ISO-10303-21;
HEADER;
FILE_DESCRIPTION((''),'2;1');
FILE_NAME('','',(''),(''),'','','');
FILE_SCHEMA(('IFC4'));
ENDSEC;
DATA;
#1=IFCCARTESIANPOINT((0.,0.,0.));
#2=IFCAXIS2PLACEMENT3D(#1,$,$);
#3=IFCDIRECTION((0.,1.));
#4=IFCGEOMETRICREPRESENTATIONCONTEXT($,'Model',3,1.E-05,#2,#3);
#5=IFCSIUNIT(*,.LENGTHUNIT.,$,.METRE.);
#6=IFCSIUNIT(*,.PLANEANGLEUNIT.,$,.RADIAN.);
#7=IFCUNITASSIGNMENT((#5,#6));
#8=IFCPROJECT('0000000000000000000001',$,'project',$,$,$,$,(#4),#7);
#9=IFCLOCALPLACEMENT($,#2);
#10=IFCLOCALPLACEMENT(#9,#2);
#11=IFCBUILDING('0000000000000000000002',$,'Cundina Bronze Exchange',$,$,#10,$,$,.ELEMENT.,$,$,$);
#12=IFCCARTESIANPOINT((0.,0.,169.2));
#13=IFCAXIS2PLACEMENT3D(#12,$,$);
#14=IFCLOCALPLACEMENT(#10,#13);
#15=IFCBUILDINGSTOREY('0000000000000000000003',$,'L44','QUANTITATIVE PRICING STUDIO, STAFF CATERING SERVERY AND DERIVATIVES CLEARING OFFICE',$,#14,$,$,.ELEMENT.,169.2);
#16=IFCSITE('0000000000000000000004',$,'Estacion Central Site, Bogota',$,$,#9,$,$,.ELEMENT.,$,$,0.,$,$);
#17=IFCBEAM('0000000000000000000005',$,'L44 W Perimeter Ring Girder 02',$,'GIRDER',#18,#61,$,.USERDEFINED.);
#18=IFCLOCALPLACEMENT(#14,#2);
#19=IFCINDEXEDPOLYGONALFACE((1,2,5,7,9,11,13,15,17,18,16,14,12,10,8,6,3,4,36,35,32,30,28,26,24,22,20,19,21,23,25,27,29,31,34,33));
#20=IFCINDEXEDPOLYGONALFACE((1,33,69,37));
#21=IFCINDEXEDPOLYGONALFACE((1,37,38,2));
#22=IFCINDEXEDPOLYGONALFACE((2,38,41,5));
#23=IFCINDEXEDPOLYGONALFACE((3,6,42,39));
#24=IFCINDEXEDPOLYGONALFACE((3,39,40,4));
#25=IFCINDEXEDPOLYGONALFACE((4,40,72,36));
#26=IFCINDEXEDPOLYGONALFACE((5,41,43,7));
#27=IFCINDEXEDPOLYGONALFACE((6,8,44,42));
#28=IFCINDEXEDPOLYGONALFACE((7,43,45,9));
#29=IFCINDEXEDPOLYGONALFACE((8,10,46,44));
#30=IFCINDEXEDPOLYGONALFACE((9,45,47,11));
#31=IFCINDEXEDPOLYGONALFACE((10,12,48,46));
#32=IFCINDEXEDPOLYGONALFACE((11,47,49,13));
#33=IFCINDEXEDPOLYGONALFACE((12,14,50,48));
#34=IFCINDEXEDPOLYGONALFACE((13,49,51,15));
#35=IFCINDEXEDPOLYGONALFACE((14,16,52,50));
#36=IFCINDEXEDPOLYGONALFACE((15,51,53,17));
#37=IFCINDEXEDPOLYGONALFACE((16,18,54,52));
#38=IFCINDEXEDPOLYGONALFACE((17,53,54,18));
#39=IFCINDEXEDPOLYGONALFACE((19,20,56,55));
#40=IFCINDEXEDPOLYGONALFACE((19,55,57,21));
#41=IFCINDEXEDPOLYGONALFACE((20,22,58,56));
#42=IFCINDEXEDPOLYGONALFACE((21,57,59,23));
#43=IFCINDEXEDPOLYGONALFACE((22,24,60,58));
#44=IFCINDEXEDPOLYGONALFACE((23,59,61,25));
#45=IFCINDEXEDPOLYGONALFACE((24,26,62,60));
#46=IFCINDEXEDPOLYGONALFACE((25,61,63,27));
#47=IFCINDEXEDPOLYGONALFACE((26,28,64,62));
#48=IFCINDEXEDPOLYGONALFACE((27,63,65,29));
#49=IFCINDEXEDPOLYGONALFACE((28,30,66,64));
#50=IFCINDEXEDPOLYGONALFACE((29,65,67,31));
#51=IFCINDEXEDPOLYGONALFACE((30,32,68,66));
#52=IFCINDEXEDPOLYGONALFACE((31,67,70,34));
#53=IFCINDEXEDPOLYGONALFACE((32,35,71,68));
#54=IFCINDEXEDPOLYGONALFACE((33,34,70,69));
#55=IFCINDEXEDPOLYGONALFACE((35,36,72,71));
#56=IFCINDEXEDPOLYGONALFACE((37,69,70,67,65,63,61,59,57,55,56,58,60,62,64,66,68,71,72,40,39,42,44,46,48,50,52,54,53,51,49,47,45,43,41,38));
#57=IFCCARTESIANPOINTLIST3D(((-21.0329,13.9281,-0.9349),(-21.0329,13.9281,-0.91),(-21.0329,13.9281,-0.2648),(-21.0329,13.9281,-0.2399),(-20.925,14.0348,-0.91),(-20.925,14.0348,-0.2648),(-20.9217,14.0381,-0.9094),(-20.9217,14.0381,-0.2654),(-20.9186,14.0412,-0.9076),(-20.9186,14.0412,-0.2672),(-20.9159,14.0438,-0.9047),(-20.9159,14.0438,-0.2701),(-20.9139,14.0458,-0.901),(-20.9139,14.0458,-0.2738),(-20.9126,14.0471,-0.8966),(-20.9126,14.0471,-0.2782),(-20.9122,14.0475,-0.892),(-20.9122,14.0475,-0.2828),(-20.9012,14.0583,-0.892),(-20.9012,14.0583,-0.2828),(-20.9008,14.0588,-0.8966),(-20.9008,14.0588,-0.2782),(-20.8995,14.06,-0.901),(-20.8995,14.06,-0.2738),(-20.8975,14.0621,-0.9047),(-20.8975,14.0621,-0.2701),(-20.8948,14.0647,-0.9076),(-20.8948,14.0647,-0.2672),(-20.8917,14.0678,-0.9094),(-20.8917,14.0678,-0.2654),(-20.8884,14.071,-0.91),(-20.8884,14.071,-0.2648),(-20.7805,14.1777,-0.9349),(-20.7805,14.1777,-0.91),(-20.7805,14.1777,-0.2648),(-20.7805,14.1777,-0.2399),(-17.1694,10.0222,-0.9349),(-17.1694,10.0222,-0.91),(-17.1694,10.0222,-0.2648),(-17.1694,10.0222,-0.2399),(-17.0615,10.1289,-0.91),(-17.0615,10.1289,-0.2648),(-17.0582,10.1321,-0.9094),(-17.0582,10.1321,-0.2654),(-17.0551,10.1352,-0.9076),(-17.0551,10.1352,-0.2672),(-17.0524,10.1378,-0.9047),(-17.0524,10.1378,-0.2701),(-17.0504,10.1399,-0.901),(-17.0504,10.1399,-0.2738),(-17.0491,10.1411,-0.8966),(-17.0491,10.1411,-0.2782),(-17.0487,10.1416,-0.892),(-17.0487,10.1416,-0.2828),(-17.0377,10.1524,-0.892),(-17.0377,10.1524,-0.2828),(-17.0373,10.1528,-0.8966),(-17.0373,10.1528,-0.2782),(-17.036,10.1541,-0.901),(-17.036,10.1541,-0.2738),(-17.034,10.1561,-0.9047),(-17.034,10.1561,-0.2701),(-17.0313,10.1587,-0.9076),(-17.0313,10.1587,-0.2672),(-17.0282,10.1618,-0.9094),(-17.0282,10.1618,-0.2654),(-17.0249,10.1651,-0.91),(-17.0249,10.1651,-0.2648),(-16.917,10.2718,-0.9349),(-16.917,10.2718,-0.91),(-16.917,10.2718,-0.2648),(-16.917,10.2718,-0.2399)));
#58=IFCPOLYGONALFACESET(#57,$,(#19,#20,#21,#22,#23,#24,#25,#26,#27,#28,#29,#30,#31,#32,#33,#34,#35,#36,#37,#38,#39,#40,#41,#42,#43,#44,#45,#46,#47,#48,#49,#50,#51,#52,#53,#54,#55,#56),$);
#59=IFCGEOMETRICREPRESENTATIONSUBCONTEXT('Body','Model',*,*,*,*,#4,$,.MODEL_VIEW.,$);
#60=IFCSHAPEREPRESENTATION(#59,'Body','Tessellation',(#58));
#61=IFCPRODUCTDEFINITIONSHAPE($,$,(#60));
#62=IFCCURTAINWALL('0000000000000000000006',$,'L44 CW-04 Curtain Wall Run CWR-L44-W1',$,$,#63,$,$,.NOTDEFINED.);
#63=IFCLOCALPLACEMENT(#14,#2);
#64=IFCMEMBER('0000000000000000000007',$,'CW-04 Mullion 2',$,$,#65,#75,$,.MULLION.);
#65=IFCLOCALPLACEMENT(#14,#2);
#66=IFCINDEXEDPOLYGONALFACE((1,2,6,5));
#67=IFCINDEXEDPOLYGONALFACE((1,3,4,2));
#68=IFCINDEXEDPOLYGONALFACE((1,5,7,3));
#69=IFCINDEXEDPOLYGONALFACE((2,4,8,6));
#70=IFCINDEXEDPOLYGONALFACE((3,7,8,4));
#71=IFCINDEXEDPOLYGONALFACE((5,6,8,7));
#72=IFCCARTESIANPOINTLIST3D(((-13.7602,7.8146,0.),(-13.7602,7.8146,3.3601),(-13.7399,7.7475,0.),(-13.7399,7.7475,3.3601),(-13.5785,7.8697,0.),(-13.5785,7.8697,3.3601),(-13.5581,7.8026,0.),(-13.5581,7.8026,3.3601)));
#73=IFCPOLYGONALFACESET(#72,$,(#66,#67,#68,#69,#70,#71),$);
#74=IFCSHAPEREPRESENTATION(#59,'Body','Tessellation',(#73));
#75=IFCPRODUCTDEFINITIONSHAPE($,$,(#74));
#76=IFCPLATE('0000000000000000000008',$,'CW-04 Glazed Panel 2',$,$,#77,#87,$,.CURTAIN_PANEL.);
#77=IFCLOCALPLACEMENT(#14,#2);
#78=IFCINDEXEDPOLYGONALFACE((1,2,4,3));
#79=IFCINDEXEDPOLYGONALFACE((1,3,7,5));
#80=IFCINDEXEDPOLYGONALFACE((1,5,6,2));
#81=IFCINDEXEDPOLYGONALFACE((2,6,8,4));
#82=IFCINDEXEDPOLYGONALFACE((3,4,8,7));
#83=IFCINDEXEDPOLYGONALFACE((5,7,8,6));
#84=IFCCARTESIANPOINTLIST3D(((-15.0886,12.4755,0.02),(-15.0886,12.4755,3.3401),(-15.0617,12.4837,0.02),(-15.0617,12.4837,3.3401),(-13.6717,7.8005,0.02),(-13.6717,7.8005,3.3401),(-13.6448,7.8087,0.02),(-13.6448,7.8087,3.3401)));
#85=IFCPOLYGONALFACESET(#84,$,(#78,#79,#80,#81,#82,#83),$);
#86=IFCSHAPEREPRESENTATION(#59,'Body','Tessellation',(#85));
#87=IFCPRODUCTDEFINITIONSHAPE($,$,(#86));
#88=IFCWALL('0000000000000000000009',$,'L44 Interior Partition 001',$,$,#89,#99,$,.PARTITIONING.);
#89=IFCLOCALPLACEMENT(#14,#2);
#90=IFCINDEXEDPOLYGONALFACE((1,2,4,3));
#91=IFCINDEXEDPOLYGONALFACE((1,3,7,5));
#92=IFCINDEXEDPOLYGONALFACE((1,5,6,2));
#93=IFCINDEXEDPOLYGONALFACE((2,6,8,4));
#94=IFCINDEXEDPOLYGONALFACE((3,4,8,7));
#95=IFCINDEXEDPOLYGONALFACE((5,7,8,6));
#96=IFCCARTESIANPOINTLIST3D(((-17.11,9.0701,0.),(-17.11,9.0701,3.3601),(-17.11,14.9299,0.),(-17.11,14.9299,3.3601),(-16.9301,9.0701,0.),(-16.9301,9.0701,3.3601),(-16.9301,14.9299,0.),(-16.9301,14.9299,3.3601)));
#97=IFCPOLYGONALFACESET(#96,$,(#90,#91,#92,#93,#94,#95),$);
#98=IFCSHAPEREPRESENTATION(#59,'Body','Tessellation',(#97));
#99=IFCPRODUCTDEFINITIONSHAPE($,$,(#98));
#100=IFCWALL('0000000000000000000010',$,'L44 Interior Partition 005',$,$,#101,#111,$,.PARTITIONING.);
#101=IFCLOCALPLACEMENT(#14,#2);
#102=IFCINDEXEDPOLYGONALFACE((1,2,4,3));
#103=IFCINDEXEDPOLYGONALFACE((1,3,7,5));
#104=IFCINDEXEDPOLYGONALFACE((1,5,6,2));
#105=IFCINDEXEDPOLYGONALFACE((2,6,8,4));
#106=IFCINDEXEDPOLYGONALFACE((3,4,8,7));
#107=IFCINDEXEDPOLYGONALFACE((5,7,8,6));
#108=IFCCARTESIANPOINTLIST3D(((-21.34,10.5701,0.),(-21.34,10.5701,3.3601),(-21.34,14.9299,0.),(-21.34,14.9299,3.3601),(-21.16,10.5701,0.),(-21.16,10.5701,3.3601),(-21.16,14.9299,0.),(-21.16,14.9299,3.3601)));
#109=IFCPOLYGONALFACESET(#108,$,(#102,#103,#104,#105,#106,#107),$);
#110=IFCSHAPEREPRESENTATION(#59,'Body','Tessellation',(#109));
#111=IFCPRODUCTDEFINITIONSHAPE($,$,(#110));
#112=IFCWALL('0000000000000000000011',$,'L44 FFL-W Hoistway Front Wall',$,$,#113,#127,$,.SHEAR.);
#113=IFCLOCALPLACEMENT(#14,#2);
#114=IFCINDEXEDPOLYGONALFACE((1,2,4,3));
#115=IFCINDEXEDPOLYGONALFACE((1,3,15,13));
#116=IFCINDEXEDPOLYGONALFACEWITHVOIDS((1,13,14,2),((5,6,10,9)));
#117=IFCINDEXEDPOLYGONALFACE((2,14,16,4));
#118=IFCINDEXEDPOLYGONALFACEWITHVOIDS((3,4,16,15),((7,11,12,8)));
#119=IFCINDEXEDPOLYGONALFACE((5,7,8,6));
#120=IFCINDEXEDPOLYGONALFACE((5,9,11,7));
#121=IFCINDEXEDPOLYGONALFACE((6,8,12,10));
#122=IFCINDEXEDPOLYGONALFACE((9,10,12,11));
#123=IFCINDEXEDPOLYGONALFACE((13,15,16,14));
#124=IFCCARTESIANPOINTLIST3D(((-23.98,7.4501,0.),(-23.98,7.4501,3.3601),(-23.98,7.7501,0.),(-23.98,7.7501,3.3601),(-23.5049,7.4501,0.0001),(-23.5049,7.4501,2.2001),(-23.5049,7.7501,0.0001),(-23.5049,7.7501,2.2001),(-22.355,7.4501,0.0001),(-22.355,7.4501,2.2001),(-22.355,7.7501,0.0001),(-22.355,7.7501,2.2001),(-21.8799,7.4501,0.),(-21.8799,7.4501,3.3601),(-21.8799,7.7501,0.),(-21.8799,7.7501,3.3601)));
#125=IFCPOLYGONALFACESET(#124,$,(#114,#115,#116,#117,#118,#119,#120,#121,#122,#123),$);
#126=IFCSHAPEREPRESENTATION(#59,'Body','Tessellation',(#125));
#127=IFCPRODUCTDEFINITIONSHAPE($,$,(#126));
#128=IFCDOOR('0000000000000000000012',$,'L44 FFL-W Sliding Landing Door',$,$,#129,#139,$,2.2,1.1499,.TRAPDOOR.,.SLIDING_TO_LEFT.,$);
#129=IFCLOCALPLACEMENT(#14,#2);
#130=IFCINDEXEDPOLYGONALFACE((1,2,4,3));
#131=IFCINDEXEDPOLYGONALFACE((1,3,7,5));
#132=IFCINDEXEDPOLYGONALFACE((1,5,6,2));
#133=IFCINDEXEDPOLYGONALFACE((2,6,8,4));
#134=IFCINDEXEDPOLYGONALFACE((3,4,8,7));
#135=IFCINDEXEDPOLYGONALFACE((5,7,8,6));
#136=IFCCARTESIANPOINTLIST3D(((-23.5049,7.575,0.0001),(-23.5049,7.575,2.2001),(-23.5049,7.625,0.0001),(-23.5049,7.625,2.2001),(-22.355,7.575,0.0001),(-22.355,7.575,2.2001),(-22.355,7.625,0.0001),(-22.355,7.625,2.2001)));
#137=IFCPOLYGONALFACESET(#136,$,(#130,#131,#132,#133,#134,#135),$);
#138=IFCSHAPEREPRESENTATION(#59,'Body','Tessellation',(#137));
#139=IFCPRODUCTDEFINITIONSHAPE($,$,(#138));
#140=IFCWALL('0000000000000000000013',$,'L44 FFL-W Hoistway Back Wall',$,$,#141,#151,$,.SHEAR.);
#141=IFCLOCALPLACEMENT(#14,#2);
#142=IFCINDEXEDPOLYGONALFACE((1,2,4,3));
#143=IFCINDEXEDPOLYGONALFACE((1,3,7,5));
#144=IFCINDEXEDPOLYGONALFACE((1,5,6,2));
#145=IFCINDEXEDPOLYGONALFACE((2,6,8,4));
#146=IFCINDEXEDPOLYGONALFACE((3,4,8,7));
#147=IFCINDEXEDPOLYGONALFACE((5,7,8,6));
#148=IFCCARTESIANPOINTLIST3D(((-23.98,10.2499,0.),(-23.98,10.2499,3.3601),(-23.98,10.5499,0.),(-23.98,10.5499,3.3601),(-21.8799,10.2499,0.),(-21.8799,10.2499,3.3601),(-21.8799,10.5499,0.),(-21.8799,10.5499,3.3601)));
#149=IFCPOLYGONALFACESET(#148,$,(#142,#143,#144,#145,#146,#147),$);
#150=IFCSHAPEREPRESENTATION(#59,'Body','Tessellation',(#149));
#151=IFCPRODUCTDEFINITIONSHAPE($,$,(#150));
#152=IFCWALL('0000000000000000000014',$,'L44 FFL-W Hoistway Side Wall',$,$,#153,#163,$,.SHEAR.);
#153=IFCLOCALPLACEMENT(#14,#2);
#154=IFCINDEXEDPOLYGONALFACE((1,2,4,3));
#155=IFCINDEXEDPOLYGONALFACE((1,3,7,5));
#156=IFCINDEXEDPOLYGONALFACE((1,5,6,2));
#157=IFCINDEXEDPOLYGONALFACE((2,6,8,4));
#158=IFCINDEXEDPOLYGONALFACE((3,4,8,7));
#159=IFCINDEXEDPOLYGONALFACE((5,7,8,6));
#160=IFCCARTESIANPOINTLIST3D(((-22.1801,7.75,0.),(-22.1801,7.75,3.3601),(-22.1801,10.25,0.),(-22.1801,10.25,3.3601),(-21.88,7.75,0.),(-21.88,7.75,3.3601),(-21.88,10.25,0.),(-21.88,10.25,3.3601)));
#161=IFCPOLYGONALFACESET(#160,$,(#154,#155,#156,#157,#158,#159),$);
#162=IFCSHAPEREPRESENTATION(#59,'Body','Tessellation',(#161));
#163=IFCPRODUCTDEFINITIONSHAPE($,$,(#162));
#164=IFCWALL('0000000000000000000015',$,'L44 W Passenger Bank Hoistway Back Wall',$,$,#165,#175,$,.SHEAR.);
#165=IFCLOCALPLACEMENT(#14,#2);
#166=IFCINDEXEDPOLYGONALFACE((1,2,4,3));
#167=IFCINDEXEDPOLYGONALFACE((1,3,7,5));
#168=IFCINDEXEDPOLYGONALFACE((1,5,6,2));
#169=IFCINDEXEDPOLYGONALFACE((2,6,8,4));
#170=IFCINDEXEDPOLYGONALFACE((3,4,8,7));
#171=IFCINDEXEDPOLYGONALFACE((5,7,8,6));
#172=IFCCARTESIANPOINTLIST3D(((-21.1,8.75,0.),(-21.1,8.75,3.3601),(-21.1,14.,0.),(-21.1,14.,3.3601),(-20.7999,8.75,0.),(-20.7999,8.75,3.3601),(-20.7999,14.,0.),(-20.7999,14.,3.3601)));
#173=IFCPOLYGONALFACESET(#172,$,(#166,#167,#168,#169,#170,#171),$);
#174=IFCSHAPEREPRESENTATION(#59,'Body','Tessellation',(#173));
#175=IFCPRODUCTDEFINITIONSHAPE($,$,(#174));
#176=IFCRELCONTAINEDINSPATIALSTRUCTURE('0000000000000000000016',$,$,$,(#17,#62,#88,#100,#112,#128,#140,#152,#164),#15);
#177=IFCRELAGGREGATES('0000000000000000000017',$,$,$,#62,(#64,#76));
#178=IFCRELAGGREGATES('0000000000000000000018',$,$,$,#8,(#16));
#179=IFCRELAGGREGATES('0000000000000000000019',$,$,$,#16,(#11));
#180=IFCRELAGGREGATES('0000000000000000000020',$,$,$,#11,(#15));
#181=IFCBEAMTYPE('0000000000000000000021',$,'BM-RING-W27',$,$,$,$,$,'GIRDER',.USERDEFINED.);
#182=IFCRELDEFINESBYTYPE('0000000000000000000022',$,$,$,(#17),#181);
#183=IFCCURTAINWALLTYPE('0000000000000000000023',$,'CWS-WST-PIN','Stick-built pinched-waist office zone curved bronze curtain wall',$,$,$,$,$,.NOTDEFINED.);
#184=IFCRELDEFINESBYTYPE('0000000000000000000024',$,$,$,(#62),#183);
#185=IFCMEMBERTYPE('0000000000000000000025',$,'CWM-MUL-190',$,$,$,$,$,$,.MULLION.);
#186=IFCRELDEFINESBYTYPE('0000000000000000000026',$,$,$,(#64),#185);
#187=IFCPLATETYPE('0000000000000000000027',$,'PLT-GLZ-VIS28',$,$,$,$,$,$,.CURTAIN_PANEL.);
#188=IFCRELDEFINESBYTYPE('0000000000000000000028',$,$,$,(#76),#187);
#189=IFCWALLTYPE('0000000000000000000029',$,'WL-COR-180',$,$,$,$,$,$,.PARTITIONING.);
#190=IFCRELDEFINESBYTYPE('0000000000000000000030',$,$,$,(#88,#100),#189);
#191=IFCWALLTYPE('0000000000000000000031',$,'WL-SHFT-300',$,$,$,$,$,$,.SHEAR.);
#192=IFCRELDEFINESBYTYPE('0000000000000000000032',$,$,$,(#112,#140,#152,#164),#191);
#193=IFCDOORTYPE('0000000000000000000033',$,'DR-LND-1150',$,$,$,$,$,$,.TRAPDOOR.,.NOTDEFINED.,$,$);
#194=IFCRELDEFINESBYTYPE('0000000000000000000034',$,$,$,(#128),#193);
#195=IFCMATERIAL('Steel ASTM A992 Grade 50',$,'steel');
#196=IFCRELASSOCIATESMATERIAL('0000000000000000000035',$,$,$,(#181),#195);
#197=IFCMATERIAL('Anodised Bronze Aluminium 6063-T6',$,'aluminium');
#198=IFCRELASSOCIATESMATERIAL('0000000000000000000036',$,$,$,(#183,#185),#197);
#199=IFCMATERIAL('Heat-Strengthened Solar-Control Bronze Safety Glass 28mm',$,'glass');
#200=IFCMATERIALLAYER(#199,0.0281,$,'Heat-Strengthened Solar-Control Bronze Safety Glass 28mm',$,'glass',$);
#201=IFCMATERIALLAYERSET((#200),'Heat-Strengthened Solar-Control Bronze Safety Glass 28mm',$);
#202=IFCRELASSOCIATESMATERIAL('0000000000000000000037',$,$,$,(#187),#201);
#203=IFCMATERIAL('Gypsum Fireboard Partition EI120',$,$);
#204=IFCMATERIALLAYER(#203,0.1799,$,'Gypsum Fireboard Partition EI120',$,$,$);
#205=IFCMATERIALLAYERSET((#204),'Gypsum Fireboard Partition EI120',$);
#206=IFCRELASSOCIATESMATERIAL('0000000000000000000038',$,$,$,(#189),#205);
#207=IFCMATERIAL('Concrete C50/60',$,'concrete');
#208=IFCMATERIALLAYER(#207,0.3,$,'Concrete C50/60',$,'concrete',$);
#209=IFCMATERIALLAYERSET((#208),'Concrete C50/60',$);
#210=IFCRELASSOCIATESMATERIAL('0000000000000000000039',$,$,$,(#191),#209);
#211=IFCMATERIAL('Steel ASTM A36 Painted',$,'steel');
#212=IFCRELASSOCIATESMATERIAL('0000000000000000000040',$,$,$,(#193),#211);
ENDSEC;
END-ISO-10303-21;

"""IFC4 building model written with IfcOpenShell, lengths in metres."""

from ifc_helpers import new_model, si_unit, direction, frame, frame_2d, origin, origin_2d, place, context, subcontext, project, spatial, rectangle, i_section, extrude, material, layer, layer_set, material_profile, profile_set, type_object, element, fill, aggregate, save


model = new_model("IFC4")

# Units and contexts
model_context = context("Model", 3, precision=1e-05, world=origin(), true_north=direction((0.0, 1.0)))
body_context = subcontext(model_context, "Body", "Model", "MODEL_VIEW")
ifc_project = project(units=[si_unit("LENGTHUNIT", "METRE"), si_unit("PLANEANGLEUNIT", "RADIAN")], contexts=[model_context])

# Site, building, storey
site_placement = place(None, origin())
site = spatial("IfcSite", under=ifc_project, at=site_placement, Name="Estacion Central Site, Bogota", CompositionType="ELEMENT", RefElevation=0.0)
building_placement = place(site_placement, origin())
building = spatial("IfcBuilding", under=site, at=building_placement, Name="Cundina Bronze Exchange", CompositionType="ELEMENT")
storey_placement = place(building_placement, frame((0.0, 0.0, 169.2)))
storey = spatial("IfcBuildingStorey", under=building, at=storey_placement, Name="L44", Description="QUANTITATIVE PRICING STUDIO, STAFF CATERING SERVERY AND DERIVATIVES CLEARING OFFICE", CompositionType="ELEMENT", Elevation=169.2)

# Shared definitions
ifc_material_1 = material(Name="Concrete C50/60", Category="concrete")

# Beam
ifc_material_2 = material(Name="Steel ASTM A992 Grade 50", Category="steel")
ifc_material_profile_1 = material_profile(ifc_material_2, i_section(OverallWidth=0.355, OverallDepth=0.6951, WebThickness=0.0154, FlangeThickness=0.0249, FilletRadius=0.0181, at=origin_2d()), Name="W27X146", Category="steel")
ifc_profile_set_1 = profile_set([ifc_material_profile_1], Name="Steel ASTM A992 Grade 50")
beam_type_1 = type_object("IfcBeamType", Name="BM-RING-W27", ElementType="GIRDER", PredefinedType="USERDEFINED", material=ifc_profile_set_1)
beam_1_placement = place(storey_placement, frame((-17.0432, 10.147, -0.5874), z_axis=(-0.70323, 0.710962, 0.0), x_axis=(-0.710962, -0.70323, 0.0)))
element("IfcBeam", 1, at=beam_1_placement, inside=storey, type_object=beam_type_1, Name="L44 W Perimeter Ring Girder 02", ObjectType="GIRDER", PredefinedType="USERDEFINED", context=body_context, shape_type="SweptSolid", body=[
    extrude(i_section(OverallWidth=0.355, OverallDepth=0.6951, WebThickness=0.0154, FlangeThickness=0.0249, FilletRadius=0.0181, at=origin_2d()), origin(), (0.0, 0.0, 1.0), 5.4939),
])

# Curtain wall, member, plate
ifc_material_3 = material(Name="Anodised Bronze Aluminium 6063-T6", Category="aluminium")
curtain_wall_type = type_object("IfcCurtainWallType", Name="CWS-WST-PIN", Description="Stick-built pinched-waist office zone curved bronze curtain wall", PredefinedType="NOTDEFINED", material=ifc_material_3)
curtain_wall_placement = place(storey_placement, origin())
curtain_wall = element("IfcCurtainWall", 2, at=curtain_wall_placement, inside=storey, type_object=curtain_wall_type, Name="L44 CW-04 Curtain Wall Run CWR-L44-W1", PredefinedType="NOTDEFINED")
ifc_material_profile_2 = material_profile(ifc_material_3, rectangle(XDim=0.0701, YDim=0.1899, at=origin_2d()), Name="AL70X190", Category="aluminium")
ifc_profile_set_2 = profile_set([ifc_material_profile_2], Name="Anodised Bronze Aluminium 6063-T6")
member_type = type_object("IfcMemberType", Name="CWM-MUL-190", PredefinedType="MULLION", material=ifc_profile_set_2)
member_placement = place(storey_placement, frame((-13.6592, 7.8086, 0.0), z_axis=(0.0, 0.0, 1.0), x_axis=(-0.290034, 0.957016, 0.0)))
member = element("IfcMember", 3, at=member_placement, type_object=member_type, Name="CW-04 Mullion 2", PredefinedType="MULLION", context=body_context, shape_type="SweptSolid", body=[
    extrude(rectangle(XDim=0.0701, YDim=0.1899, at=origin_2d()), origin(), (0.0, 0.0, 1.0), 3.3601),
])
ifc_material_4 = material(Name="Heat-Strengthened Solar-Control Bronze Safety Glass 28mm", Category="glass")
ifc_layer_1 = layer(ifc_material_4, 0.0281, Name="Heat-Strengthened Solar-Control Bronze Safety Glass 28mm", Category="glass")
ifc_layer_set_1 = layer_set([ifc_layer_1], Name="Heat-Strengthened Solar-Control Bronze Safety Glass 28mm")
plate_type = type_object("IfcPlateType", Name="PLT-GLZ-VIS28", PredefinedType="CURTAIN_PANEL", material=ifc_layer_set_1)
plate_placement = place(storey_placement, frame((-14.3667, 10.1421, 0.02), z_axis=(0.0, 0.0, 1.0), x_axis=(-0.290051, 0.957011, 0.0)))
plate = element("IfcPlate", 4, at=plate_placement, type_object=plate_type, Name="CW-04 Glazed Panel 2", PredefinedType="CURTAIN_PANEL", context=body_context, shape_type="SweptSolid", body=[
    extrude(rectangle(XDim=4.885, YDim=0.0281, at=origin_2d()), origin(), (0.0, 0.0, 1.0), 3.3201),
])
aggregate(curtain_wall, [member, plate])

# Walls
ifc_material_5 = material(Name="Gypsum Fireboard Partition EI120")
ifc_layer_2 = layer(ifc_material_5, 0.1799, Name="Gypsum Fireboard Partition EI120")
ifc_layer_set_2 = layer_set([ifc_layer_2], Name="Gypsum Fireboard Partition EI120")
wall_type_1 = type_object("IfcWallType", Name="WL-COR-180", PredefinedType="PARTITIONING", material=ifc_layer_set_2)
wall_1_placement = place(storey_placement, frame((-17.02, 9.0701, 0.0), z_axis=(0.0, 0.0, 1.0), x_axis=(0.0, 1.0, 0.0)))
element("IfcWall", 5, at=wall_1_placement, inside=storey, type_object=wall_type_1, Name="L44 Interior Partition 001", PredefinedType="PARTITIONING", context=body_context, shape_type="SweptSolid", body=[
    extrude(rectangle(XDim=5.8599, YDim=0.1799, at=frame_2d((2.9299, 0.0))), origin(), (0.0, 0.0, 1.0), 3.3601),
])
wall_2_placement = place(storey_placement, frame((-21.25, 10.5701, 0.0), z_axis=(0.0, 0.0, 1.0), x_axis=(0.0, 1.0, 0.0)))
element("IfcWall", 6, at=wall_2_placement, inside=storey, type_object=wall_type_1, Name="L44 Interior Partition 005", PredefinedType="PARTITIONING", context=body_context, shape_type="SweptSolid", body=[
    extrude(rectangle(XDim=4.3599, YDim=0.1799, at=frame_2d((2.1799, 0.0))), origin(), (0.0, 0.0, 1.0), 3.3601),
])

# Wall, opening, door
ifc_layer_3 = layer(ifc_material_1, 0.3, Name="Concrete C50/60", Category="concrete")
ifc_layer_set_3 = layer_set([ifc_layer_3], Name="Concrete C50/60")
wall_type_2 = type_object("IfcWallType", Name="WL-SHFT-300", PredefinedType="SHEAR", material=ifc_layer_set_3)
ifc_material_6 = material(Name="Steel ASTM A36 Painted", Category="steel")
wall_3_placement = place(storey_placement, frame((-23.98, 7.6001, 0.0), z_axis=(0.0, 0.0, 1.0), x_axis=(1.0, 0.0, 0.0)))
wall_3 = element("IfcWall", 7, at=wall_3_placement, inside=storey, type_object=wall_type_2, Name="L44 FFL-W Hoistway Front Wall", PredefinedType="SHEAR", context=body_context, shape_type="SweptSolid", body=[
    extrude(rectangle(XDim=2.1001, YDim=0.3, at=frame_2d((1.05, 0.0))), origin(), (0.0, 0.0, 1.0), 3.3601),
])
opening_1_placement = place(wall_3_placement, frame((0.4751, 0.0, 0.0)))
opening_1 = element("IfcOpeningElement", 8, at=opening_1_placement, cuts=wall_3, PredefinedType="OPENING", context=body_context, shape_type="SweptSolid", body=[
    extrude(rectangle(XDim=1.1499, YDim=2.2, at=frame_2d((0.575, 1.1001))), frame((0.0, 0.1599, 0.0), z_axis=(0.0, -1.0, 0.0), x_axis=(1.0, 0.0, 0.0)), (0.0, 0.0, 1.0), 0.3201),
])
door_type_1 = type_object("IfcDoorType", Name="DR-LND-1150", OperationType="NOTDEFINED", PredefinedType="TRAPDOOR", material=ifc_material_6)
door_1_placement = place(opening_1_placement, origin())
door_1 = element("IfcDoor", 9, at=door_1_placement, inside=storey, type_object=door_type_1, Name="L44 FFL-W Sliding Landing Door", OperationType="SLIDING_TO_LEFT", OverallHeight=2.2, OverallWidth=1.1499, PredefinedType="TRAPDOOR", context=body_context, shape_type="SweptSolid", body=[
    extrude(rectangle(XDim=1.1499, YDim=2.2, at=frame_2d((0.575, 1.1001))), frame((0.0, 0.0249, 0.0), z_axis=(0.0, -1.0, 0.0), x_axis=(1.0, 0.0, 0.0)), (0.0, 0.0, 1.0), 0.05),
])
fill(opening_1, door_1)

# Walls
wall_4_placement = place(storey_placement, frame((-23.98, 10.3999, 0.0), z_axis=(0.0, 0.0, 1.0), x_axis=(1.0, 0.0, 0.0)))
element("IfcWall", 10, at=wall_4_placement, inside=storey, type_object=wall_type_2, Name="L44 FFL-W Hoistway Back Wall", PredefinedType="SHEAR", context=body_context, shape_type="SweptSolid", body=[
    extrude(rectangle(XDim=2.1001, YDim=0.3, at=frame_2d((1.05, 0.0))), origin(), (0.0, 0.0, 1.0), 3.3601),
])
wall_5_placement = place(storey_placement, frame((-22.03, 7.75, 0.0), z_axis=(0.0, 0.0, 1.0), x_axis=(0.0, 1.0, 0.0)))
element("IfcWall", 11, at=wall_5_placement, inside=storey, type_object=wall_type_2, Name="L44 FFL-W Hoistway Side Wall", PredefinedType="SHEAR", context=body_context, shape_type="SweptSolid", body=[
    extrude(rectangle(XDim=2.5, YDim=0.3, at=frame_2d((1.25, 0.0))), origin(), (0.0, 0.0, 1.0), 3.3601),
])
wall_6_placement = place(storey_placement, frame((-20.95, 8.75, 0.0), z_axis=(0.0, 0.0, 1.0), x_axis=(0.0, 1.0, 0.0)))
element("IfcWall", 12, at=wall_6_placement, inside=storey, type_object=wall_type_2, Name="L44 W Passenger Bank Hoistway Back Wall", PredefinedType="SHEAR", context=body_context, shape_type="SweptSolid", body=[
    extrude(rectangle(XDim=5.25, YDim=0.3, at=frame_2d((2.625, 0.0))), origin(), (0.0, 0.0, 1.0), 3.3601),
])

save(model, "model.ifc")
